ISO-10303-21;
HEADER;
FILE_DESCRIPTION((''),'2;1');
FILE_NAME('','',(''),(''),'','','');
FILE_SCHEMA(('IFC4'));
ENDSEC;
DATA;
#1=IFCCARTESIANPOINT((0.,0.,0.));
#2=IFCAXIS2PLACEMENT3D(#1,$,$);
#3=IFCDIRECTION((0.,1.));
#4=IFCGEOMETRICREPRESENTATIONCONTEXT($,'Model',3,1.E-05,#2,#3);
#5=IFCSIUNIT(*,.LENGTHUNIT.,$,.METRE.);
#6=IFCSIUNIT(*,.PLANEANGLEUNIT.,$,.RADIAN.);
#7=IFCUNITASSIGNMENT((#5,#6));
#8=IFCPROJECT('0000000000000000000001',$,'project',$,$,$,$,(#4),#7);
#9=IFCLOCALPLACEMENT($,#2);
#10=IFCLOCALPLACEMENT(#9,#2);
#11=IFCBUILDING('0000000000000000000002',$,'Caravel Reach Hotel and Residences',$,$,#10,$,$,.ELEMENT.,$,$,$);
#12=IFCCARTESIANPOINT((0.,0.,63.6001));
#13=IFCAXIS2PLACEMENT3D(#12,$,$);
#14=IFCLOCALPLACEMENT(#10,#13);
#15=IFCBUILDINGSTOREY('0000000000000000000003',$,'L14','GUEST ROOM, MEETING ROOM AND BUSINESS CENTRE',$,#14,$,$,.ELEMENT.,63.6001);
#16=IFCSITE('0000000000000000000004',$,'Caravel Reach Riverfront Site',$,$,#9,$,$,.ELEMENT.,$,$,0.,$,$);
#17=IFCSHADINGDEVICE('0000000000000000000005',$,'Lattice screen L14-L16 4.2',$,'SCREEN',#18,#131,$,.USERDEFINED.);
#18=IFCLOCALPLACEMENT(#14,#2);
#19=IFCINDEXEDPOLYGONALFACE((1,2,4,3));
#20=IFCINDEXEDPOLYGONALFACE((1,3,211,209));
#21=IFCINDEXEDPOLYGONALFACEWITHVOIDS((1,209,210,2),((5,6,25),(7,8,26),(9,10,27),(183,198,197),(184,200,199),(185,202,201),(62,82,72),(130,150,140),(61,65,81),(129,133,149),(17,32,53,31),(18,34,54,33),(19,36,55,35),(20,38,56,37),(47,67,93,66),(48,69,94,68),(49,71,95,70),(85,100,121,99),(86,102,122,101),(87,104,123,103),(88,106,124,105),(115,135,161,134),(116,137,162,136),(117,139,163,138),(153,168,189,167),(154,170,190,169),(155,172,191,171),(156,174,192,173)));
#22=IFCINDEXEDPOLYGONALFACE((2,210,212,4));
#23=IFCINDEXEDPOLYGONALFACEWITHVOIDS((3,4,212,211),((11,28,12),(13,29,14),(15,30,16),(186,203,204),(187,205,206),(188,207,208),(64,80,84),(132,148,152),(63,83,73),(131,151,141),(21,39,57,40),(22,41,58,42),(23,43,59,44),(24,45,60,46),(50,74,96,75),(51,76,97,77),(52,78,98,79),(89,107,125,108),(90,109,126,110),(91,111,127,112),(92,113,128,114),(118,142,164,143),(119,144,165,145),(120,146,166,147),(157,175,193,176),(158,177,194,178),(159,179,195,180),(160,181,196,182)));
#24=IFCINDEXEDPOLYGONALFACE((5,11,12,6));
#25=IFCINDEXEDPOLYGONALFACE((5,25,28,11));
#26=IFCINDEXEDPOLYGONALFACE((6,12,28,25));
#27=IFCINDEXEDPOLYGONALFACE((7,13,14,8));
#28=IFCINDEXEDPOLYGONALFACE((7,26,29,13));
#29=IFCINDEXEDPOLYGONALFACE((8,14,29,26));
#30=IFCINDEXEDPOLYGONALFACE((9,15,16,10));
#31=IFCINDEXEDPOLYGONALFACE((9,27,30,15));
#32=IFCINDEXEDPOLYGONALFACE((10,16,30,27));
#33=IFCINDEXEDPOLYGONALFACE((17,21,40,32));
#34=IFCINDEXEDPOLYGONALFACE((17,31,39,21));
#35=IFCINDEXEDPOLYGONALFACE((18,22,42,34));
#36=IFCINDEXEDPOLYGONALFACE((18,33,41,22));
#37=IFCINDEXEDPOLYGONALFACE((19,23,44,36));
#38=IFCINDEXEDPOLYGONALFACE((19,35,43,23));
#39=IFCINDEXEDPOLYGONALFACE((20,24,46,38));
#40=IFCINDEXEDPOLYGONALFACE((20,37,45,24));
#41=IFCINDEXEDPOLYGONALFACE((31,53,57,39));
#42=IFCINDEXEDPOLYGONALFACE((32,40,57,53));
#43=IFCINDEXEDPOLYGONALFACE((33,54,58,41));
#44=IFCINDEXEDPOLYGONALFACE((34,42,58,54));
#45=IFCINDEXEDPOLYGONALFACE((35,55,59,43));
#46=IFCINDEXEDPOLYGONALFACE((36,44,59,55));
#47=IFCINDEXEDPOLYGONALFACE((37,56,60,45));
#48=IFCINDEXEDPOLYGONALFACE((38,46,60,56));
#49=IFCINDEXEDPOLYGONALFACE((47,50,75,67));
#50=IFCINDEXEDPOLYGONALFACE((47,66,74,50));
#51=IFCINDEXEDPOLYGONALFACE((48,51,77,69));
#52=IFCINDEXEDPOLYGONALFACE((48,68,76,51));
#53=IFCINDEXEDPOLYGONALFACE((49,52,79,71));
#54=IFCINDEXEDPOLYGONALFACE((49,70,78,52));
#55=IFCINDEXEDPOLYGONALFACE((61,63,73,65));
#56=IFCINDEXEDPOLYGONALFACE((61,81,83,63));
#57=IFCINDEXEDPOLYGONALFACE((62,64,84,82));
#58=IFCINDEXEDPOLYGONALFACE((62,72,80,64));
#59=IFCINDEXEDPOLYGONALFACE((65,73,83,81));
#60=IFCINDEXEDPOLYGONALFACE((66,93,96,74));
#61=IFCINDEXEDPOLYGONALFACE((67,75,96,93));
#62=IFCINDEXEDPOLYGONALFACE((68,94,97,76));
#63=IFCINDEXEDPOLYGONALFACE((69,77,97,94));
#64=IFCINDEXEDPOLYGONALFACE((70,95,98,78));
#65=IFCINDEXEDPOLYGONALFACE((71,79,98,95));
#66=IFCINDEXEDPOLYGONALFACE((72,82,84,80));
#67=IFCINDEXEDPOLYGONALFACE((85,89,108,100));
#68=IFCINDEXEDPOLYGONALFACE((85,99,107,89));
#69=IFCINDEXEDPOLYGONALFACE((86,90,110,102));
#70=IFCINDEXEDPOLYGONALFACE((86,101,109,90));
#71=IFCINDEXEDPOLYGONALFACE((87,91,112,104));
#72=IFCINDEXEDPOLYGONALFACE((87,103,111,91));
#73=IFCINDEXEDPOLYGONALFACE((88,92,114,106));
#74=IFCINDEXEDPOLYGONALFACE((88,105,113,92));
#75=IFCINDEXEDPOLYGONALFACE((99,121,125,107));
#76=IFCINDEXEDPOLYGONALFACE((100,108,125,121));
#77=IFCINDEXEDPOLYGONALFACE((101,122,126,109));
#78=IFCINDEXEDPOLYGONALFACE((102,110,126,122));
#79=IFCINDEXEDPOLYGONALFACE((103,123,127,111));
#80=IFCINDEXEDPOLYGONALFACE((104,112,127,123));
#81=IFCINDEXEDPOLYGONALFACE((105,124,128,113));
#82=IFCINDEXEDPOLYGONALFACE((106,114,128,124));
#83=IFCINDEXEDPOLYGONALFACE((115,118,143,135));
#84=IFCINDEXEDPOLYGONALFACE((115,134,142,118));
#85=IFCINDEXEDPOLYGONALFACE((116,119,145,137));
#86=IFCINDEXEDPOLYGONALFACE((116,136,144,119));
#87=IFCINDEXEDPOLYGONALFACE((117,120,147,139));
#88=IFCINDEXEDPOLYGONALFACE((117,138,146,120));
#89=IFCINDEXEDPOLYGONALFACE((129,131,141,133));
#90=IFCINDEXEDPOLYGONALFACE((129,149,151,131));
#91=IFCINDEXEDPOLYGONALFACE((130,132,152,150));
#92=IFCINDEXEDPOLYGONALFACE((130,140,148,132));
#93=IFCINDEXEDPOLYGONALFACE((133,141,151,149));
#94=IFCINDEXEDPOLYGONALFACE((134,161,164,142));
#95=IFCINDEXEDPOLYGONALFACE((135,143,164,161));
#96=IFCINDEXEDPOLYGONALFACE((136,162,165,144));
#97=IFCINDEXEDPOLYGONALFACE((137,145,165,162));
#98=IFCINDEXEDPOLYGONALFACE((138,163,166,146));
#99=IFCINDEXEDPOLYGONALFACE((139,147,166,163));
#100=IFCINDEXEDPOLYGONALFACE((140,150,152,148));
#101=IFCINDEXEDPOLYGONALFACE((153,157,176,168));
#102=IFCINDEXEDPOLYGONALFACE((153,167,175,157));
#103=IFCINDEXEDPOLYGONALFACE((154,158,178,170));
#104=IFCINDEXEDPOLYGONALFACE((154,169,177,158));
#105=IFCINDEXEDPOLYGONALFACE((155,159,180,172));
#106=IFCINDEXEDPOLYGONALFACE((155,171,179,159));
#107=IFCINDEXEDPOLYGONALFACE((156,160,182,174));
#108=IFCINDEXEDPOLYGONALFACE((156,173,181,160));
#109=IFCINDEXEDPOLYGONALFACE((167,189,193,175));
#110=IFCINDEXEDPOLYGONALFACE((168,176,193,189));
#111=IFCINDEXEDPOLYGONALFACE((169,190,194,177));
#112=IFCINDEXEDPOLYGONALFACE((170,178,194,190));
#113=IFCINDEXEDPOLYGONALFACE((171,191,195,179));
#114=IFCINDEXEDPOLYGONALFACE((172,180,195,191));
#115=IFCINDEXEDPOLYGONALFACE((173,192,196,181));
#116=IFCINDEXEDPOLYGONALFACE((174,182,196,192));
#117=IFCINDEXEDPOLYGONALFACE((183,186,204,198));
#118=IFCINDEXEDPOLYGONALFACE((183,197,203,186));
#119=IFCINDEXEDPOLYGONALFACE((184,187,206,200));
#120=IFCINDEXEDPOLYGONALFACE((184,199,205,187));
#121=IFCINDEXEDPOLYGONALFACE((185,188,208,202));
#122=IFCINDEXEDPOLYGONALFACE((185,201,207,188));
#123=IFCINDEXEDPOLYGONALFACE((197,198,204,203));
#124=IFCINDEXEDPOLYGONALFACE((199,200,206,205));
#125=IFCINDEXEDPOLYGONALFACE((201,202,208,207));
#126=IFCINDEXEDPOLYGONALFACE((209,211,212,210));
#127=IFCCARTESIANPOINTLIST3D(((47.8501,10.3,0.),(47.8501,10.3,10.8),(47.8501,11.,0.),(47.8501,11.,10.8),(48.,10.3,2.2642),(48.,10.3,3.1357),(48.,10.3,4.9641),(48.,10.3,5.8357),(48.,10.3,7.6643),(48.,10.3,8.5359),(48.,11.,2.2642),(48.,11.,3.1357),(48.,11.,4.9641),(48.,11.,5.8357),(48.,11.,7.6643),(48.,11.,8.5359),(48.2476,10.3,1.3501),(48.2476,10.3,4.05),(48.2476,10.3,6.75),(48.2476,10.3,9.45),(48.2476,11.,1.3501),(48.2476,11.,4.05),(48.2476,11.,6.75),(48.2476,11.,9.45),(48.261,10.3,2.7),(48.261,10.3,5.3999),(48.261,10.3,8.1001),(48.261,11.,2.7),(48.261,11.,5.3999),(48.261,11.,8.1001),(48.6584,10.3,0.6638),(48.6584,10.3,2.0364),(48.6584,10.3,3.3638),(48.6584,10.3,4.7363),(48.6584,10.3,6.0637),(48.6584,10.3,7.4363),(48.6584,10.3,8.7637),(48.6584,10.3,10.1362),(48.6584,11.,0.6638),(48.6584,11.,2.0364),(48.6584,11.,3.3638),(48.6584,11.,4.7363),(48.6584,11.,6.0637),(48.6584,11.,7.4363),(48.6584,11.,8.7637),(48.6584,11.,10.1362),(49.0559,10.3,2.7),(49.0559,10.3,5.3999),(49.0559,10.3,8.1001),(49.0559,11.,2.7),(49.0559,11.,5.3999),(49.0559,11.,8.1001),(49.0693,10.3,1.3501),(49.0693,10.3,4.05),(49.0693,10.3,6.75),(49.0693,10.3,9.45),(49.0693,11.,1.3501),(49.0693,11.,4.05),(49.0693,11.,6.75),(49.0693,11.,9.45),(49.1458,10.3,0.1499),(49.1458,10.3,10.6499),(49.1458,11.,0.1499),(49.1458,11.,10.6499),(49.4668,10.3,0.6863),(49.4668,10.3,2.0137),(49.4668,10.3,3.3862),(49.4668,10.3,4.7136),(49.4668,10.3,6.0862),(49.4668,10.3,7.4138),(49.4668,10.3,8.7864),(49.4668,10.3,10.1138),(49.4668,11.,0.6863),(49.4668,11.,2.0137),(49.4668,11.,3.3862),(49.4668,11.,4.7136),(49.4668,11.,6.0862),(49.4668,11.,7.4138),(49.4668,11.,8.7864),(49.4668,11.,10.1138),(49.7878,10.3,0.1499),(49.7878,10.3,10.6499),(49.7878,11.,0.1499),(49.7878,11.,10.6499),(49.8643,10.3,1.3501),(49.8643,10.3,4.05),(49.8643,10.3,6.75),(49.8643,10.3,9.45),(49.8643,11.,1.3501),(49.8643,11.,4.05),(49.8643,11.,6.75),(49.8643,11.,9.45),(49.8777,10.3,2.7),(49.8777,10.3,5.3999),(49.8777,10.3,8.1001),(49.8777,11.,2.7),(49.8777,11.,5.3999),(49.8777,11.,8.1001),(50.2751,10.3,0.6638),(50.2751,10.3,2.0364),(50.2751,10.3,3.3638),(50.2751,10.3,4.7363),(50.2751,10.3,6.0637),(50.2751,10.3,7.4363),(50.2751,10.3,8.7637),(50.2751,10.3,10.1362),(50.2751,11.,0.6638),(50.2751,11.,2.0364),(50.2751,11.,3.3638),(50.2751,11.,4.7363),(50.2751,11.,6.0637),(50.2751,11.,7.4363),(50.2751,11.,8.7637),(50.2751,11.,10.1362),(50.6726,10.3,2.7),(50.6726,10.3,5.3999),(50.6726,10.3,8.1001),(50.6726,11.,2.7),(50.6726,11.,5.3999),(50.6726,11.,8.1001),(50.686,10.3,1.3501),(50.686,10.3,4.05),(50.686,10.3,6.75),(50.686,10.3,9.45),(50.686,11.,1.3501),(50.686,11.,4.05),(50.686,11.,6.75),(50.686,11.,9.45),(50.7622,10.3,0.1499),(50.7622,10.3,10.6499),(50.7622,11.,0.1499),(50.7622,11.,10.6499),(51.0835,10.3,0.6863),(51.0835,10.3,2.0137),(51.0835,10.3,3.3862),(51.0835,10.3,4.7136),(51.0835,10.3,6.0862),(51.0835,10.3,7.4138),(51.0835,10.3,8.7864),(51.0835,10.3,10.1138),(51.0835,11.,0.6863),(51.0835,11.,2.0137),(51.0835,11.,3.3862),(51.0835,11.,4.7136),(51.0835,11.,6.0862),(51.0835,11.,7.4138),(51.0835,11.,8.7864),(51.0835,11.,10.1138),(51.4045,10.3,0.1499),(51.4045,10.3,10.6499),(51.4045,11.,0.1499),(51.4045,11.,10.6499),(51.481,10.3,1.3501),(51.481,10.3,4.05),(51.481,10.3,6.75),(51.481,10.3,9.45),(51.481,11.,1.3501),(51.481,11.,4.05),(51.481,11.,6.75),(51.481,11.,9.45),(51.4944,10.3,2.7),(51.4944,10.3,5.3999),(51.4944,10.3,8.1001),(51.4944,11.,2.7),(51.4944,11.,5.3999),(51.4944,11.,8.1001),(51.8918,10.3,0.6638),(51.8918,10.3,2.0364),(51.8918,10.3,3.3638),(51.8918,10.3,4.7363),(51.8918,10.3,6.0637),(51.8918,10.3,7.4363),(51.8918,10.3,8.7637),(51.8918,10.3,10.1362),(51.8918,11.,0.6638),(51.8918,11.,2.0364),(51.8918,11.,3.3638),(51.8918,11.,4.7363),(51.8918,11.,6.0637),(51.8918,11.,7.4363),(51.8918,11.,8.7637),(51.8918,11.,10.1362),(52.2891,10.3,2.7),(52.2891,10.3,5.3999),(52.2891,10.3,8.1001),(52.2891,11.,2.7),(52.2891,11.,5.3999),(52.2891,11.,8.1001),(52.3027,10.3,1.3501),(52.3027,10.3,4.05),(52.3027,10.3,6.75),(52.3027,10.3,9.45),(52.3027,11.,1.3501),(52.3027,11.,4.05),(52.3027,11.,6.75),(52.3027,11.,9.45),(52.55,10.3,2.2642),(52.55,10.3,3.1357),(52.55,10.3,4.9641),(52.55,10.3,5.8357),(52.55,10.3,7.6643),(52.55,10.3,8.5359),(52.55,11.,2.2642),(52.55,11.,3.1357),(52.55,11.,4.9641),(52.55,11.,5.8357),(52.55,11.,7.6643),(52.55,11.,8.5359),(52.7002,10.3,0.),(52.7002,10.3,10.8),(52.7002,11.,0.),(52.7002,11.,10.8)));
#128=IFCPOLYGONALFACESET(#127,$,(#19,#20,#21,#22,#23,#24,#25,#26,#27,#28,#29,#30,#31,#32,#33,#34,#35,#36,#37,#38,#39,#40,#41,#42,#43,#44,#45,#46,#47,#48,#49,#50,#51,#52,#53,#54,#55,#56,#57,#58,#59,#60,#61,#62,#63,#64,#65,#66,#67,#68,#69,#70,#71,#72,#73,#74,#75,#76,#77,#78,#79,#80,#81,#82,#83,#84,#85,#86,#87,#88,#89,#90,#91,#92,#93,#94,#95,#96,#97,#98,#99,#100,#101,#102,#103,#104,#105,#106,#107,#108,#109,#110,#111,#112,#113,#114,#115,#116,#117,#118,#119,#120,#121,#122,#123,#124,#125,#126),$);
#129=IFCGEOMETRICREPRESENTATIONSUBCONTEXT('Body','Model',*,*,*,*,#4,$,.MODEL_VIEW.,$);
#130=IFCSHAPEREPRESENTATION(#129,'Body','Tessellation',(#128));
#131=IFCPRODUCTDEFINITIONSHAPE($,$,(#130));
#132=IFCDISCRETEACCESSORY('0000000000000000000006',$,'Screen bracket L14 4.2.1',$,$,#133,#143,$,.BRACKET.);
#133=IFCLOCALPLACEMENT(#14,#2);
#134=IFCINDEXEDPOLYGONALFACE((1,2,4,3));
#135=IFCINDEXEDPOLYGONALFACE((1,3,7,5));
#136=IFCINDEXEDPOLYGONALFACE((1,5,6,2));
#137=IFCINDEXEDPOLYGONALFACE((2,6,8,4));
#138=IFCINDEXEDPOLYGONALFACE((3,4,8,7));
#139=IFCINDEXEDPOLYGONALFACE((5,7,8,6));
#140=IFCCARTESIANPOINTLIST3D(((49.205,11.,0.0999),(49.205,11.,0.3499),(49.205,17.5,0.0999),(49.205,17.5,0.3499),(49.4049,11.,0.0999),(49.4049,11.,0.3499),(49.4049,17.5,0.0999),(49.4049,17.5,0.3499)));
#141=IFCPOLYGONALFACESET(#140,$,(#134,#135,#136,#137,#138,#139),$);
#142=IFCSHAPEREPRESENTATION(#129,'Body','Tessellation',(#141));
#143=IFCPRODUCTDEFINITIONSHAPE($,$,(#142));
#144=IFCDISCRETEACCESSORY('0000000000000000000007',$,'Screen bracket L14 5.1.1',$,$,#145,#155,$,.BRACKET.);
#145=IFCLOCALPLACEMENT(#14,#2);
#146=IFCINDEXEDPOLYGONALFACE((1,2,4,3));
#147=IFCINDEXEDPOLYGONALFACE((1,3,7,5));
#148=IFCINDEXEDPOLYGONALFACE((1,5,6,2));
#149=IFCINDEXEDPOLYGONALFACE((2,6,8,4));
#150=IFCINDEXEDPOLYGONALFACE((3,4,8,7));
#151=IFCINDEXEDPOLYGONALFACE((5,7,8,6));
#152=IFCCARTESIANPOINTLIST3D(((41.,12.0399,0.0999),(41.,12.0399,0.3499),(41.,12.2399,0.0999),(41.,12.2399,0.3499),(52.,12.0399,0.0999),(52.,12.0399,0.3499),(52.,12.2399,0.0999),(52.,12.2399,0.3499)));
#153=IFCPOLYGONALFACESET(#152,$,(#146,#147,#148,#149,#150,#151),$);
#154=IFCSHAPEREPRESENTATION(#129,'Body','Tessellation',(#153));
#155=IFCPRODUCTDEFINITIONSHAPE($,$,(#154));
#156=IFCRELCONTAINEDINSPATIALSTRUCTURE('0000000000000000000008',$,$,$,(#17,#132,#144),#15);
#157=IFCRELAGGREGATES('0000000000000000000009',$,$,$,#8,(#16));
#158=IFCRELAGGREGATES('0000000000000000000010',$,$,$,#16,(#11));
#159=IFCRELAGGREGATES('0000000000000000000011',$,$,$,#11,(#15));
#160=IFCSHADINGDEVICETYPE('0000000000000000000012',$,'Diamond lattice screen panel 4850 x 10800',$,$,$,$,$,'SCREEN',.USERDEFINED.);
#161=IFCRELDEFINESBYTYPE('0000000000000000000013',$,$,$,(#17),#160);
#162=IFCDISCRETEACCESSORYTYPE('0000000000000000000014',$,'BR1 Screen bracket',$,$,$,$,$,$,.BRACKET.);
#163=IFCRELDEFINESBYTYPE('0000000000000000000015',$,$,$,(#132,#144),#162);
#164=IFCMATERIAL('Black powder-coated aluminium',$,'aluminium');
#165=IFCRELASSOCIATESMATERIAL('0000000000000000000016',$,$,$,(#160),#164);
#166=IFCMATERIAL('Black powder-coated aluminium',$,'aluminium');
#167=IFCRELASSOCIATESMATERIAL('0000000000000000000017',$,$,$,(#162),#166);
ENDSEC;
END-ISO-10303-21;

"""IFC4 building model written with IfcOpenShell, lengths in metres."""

from ifc_helpers import new_model, si_unit, direction, frame, origin, origin_2d, place, context, subcontext, project, spatial, polyline, rectangle, outline, extrude, material, type_object, element, save


model = new_model("IFC4")

# Units and contexts
model_context = context("Model", 3, precision=1e-05, world=origin(), true_north=direction((0.0, 1.0)))
body_context = subcontext(model_context, "Body", "Model", "MODEL_VIEW")
ifc_project = project(units=[si_unit("LENGTHUNIT", "METRE"), si_unit("PLANEANGLEUNIT", "RADIAN")], contexts=[model_context])

# Site, building, storey
site_placement = place(None, origin())
site = spatial("IfcSite", under=ifc_project, at=site_placement, Name="Caravel Reach Riverfront Site", CompositionType="ELEMENT", RefElevation=0.0)
building_placement = place(site_placement, origin())
building = spatial("IfcBuilding", under=site, at=building_placement, Name="Caravel Reach Hotel and Residences", CompositionType="ELEMENT")
storey_placement = place(building_placement, frame((0.0, 0.0, 63.6001)))
storey = spatial("IfcBuildingStorey", under=building, at=storey_placement, Name="L14", Description="GUEST ROOM, MEETING ROOM AND BUSINESS CENTRE", CompositionType="ELEMENT", Elevation=63.6001)

# Shading device
ifc_material_1 = material(Name="Black powder-coated aluminium", Category="aluminium")
shading_device_type = type_object("IfcShadingDeviceType", Name="Diamond lattice screen panel 4850 x 10800", ElementType="SCREEN", PredefinedType="USERDEFINED", material=ifc_material_1)
shading_device_placement = place(storey_placement, frame((47.8501, 11.0, 0.0), z_axis=(0.0, -1.0, 0.0), x_axis=(1.0, 0.0, 0.0)))
element("IfcShadingDevice", 1, at=shading_device_placement, inside=storey, type_object=shading_device_type, Name="Lattice screen L14-L16 4.2", ObjectType="SCREEN", PredefinedType="USERDEFINED", context=body_context, shape_type="SweptSolid", body=[
    extrude(outline(polyline([(0.0, 0.0), (4.8501, 0.0), (4.8501, 10.8), (0.0, 10.8), (0.0, 0.0)]), holes=[polyline([(0.4109, 2.7), (0.1499, 3.1357), (0.1499, 2.2642), (0.4109, 2.7)]), polyline([(0.4109, 5.3999), (0.1499, 5.8357), (0.1499, 4.9641), (0.4109, 5.3999)]), polyline([(0.4109, 8.1001), (0.1499, 8.5359), (0.1499, 7.6643), (0.4109, 8.1001)]), polyline([(0.8083, 2.0364), (0.3975, 1.3501), (0.8083, 0.6638), (1.2192, 1.3501), (0.8083, 2.0364)]), polyline([(0.8083, 4.7363), (0.3975, 4.05), (0.8083, 3.3638), (1.2192, 4.05), (0.8083, 4.7363)]), polyline([(0.8083, 7.4363), (0.3975, 6.75), (0.8083, 6.0637), (1.2192, 6.75), (0.8083, 7.4363)]), polyline([(0.8083, 10.1362), (0.3975, 9.45), (0.8083, 8.7637), (1.2192, 9.45), (0.8083, 10.1362)]), polyline([(1.6167, 0.6863), (1.2957, 0.1499), (1.9377, 0.1499), (1.6167, 0.6863)]), polyline([(1.6167, 3.3862), (1.2058, 2.7), (1.6167, 2.0137), (2.0276, 2.7), (1.6167, 3.3862)]), polyline([(1.6167, 6.0862), (1.2058, 5.3999), (1.6167, 4.7136), (2.0276, 5.3999), (1.6167, 6.0862)]), polyline([(1.6167, 8.7864), (1.2058, 8.1001), (1.6167, 7.4138), (2.0276, 8.1001), (1.6167, 8.7864)]), polyline([(1.6167, 10.1138), (1.9377, 10.6499), (1.2957, 10.6499), (1.6167, 10.1138)]), polyline([(2.425, 2.0364), (2.0142, 1.3501), (2.425, 0.6638), (2.8359, 1.3501), (2.425, 2.0364)]), polyline([(2.425, 4.7363), (2.0142, 4.05), (2.425, 3.3638), (2.8359, 4.05), (2.425, 4.7363)]), polyline([(2.425, 7.4363), (2.0142, 6.75), (2.425, 6.0637), (2.8359, 6.75), (2.425, 7.4363)]), polyline([(2.425, 10.1362), (2.0142, 9.45), (2.425, 8.7637), (2.8359, 9.45), (2.425, 10.1362)]), polyline([(3.2334, 0.6863), (2.9121, 0.1499), (3.5544, 0.1499), (3.2334, 0.6863)]), polyline([(3.2334, 3.3862), (2.8225, 2.7), (3.2334, 2.0137), (3.6443, 2.7), (3.2334, 3.3862)]), polyline([(3.2334, 6.0862), (2.8225, 5.3999), (3.2334, 4.7136), (3.6443, 5.3999), (3.2334, 6.0862)]), polyline([(3.2334, 8.7864), (2.8225, 8.1001), (3.2334, 7.4138), (3.6443, 8.1001), (3.2334, 8.7864)]), polyline([(3.2334, 10.1138), (3.5544, 10.6499), (2.9121, 10.6499), (3.2334, 10.1138)]), polyline([(4.0417, 2.0364), (3.6309, 1.3501), (4.0417, 0.6638), (4.4526, 1.3501), (4.0417, 2.0364)]), polyline([(4.0417, 4.7363), (3.6309, 4.05), (4.0417, 3.3638), (4.4526, 4.05), (4.0417, 4.7363)]), polyline([(4.0417, 7.4363), (3.6309, 6.75), (4.0417, 6.0637), (4.4526, 6.75), (4.0417, 7.4363)]), polyline([(4.0417, 10.1362), (3.6309, 9.45), (4.0417, 8.7637), (4.4526, 9.45), (4.0417, 10.1362)]), polyline([(4.439, 2.7), (4.7, 2.2642), (4.7, 3.1357), (4.439, 2.7)]), polyline([(4.439, 5.3999), (4.7, 4.9641), (4.7, 5.8357), (4.439, 5.3999)]), polyline([(4.439, 8.1001), (4.7, 7.6643), (4.7, 8.5359), (4.439, 8.1001)])]), origin(), (0.0, 0.0, 1.0), 0.7),
])

# Discrete accessories
ifc_material_2 = material(Name="Black powder-coated aluminium", Category="aluminium")
discrete_accessory_type = type_object("IfcDiscreteAccessoryType", Name="BR1 Screen bracket", PredefinedType="BRACKET", material=ifc_material_2)
discrete_accessory_1_placement = place(storey_placement, frame((49.3049, 14.25, 0.0999), z_axis=(0.0, 0.0, 1.0), x_axis=(0.0, -1.0, 0.0)))
element("IfcDiscreteAccessory", 2, at=discrete_accessory_1_placement, inside=storey, type_object=discrete_accessory_type, Name="Screen bracket L14 4.2.1", PredefinedType="BRACKET", context=body_context, shape_type="SweptSolid", body=[
    extrude(rectangle(XDim=6.5, YDim=0.2, at=origin_2d()), origin(), (0.0, 0.0, 1.0), 0.25),
])
discrete_accessory_2_placement = place(storey_placement, frame((46.5, 12.1399, 0.0999), z_axis=(0.0, 0.0, 1.0), x_axis=(1.0, 0.0, 0.0)))
element("IfcDiscreteAccessory", 3, at=discrete_accessory_2_placement, inside=storey, type_object=discrete_accessory_type, Name="Screen bracket L14 5.1.1", PredefinedType="BRACKET", context=body_context, shape_type="SweptSolid", body=[
    extrude(rectangle(XDim=11.0, YDim=0.2, at=origin_2d()), origin(), (0.0, 0.0, 1.0), 0.25),
])

save(model, "model.ifc")
